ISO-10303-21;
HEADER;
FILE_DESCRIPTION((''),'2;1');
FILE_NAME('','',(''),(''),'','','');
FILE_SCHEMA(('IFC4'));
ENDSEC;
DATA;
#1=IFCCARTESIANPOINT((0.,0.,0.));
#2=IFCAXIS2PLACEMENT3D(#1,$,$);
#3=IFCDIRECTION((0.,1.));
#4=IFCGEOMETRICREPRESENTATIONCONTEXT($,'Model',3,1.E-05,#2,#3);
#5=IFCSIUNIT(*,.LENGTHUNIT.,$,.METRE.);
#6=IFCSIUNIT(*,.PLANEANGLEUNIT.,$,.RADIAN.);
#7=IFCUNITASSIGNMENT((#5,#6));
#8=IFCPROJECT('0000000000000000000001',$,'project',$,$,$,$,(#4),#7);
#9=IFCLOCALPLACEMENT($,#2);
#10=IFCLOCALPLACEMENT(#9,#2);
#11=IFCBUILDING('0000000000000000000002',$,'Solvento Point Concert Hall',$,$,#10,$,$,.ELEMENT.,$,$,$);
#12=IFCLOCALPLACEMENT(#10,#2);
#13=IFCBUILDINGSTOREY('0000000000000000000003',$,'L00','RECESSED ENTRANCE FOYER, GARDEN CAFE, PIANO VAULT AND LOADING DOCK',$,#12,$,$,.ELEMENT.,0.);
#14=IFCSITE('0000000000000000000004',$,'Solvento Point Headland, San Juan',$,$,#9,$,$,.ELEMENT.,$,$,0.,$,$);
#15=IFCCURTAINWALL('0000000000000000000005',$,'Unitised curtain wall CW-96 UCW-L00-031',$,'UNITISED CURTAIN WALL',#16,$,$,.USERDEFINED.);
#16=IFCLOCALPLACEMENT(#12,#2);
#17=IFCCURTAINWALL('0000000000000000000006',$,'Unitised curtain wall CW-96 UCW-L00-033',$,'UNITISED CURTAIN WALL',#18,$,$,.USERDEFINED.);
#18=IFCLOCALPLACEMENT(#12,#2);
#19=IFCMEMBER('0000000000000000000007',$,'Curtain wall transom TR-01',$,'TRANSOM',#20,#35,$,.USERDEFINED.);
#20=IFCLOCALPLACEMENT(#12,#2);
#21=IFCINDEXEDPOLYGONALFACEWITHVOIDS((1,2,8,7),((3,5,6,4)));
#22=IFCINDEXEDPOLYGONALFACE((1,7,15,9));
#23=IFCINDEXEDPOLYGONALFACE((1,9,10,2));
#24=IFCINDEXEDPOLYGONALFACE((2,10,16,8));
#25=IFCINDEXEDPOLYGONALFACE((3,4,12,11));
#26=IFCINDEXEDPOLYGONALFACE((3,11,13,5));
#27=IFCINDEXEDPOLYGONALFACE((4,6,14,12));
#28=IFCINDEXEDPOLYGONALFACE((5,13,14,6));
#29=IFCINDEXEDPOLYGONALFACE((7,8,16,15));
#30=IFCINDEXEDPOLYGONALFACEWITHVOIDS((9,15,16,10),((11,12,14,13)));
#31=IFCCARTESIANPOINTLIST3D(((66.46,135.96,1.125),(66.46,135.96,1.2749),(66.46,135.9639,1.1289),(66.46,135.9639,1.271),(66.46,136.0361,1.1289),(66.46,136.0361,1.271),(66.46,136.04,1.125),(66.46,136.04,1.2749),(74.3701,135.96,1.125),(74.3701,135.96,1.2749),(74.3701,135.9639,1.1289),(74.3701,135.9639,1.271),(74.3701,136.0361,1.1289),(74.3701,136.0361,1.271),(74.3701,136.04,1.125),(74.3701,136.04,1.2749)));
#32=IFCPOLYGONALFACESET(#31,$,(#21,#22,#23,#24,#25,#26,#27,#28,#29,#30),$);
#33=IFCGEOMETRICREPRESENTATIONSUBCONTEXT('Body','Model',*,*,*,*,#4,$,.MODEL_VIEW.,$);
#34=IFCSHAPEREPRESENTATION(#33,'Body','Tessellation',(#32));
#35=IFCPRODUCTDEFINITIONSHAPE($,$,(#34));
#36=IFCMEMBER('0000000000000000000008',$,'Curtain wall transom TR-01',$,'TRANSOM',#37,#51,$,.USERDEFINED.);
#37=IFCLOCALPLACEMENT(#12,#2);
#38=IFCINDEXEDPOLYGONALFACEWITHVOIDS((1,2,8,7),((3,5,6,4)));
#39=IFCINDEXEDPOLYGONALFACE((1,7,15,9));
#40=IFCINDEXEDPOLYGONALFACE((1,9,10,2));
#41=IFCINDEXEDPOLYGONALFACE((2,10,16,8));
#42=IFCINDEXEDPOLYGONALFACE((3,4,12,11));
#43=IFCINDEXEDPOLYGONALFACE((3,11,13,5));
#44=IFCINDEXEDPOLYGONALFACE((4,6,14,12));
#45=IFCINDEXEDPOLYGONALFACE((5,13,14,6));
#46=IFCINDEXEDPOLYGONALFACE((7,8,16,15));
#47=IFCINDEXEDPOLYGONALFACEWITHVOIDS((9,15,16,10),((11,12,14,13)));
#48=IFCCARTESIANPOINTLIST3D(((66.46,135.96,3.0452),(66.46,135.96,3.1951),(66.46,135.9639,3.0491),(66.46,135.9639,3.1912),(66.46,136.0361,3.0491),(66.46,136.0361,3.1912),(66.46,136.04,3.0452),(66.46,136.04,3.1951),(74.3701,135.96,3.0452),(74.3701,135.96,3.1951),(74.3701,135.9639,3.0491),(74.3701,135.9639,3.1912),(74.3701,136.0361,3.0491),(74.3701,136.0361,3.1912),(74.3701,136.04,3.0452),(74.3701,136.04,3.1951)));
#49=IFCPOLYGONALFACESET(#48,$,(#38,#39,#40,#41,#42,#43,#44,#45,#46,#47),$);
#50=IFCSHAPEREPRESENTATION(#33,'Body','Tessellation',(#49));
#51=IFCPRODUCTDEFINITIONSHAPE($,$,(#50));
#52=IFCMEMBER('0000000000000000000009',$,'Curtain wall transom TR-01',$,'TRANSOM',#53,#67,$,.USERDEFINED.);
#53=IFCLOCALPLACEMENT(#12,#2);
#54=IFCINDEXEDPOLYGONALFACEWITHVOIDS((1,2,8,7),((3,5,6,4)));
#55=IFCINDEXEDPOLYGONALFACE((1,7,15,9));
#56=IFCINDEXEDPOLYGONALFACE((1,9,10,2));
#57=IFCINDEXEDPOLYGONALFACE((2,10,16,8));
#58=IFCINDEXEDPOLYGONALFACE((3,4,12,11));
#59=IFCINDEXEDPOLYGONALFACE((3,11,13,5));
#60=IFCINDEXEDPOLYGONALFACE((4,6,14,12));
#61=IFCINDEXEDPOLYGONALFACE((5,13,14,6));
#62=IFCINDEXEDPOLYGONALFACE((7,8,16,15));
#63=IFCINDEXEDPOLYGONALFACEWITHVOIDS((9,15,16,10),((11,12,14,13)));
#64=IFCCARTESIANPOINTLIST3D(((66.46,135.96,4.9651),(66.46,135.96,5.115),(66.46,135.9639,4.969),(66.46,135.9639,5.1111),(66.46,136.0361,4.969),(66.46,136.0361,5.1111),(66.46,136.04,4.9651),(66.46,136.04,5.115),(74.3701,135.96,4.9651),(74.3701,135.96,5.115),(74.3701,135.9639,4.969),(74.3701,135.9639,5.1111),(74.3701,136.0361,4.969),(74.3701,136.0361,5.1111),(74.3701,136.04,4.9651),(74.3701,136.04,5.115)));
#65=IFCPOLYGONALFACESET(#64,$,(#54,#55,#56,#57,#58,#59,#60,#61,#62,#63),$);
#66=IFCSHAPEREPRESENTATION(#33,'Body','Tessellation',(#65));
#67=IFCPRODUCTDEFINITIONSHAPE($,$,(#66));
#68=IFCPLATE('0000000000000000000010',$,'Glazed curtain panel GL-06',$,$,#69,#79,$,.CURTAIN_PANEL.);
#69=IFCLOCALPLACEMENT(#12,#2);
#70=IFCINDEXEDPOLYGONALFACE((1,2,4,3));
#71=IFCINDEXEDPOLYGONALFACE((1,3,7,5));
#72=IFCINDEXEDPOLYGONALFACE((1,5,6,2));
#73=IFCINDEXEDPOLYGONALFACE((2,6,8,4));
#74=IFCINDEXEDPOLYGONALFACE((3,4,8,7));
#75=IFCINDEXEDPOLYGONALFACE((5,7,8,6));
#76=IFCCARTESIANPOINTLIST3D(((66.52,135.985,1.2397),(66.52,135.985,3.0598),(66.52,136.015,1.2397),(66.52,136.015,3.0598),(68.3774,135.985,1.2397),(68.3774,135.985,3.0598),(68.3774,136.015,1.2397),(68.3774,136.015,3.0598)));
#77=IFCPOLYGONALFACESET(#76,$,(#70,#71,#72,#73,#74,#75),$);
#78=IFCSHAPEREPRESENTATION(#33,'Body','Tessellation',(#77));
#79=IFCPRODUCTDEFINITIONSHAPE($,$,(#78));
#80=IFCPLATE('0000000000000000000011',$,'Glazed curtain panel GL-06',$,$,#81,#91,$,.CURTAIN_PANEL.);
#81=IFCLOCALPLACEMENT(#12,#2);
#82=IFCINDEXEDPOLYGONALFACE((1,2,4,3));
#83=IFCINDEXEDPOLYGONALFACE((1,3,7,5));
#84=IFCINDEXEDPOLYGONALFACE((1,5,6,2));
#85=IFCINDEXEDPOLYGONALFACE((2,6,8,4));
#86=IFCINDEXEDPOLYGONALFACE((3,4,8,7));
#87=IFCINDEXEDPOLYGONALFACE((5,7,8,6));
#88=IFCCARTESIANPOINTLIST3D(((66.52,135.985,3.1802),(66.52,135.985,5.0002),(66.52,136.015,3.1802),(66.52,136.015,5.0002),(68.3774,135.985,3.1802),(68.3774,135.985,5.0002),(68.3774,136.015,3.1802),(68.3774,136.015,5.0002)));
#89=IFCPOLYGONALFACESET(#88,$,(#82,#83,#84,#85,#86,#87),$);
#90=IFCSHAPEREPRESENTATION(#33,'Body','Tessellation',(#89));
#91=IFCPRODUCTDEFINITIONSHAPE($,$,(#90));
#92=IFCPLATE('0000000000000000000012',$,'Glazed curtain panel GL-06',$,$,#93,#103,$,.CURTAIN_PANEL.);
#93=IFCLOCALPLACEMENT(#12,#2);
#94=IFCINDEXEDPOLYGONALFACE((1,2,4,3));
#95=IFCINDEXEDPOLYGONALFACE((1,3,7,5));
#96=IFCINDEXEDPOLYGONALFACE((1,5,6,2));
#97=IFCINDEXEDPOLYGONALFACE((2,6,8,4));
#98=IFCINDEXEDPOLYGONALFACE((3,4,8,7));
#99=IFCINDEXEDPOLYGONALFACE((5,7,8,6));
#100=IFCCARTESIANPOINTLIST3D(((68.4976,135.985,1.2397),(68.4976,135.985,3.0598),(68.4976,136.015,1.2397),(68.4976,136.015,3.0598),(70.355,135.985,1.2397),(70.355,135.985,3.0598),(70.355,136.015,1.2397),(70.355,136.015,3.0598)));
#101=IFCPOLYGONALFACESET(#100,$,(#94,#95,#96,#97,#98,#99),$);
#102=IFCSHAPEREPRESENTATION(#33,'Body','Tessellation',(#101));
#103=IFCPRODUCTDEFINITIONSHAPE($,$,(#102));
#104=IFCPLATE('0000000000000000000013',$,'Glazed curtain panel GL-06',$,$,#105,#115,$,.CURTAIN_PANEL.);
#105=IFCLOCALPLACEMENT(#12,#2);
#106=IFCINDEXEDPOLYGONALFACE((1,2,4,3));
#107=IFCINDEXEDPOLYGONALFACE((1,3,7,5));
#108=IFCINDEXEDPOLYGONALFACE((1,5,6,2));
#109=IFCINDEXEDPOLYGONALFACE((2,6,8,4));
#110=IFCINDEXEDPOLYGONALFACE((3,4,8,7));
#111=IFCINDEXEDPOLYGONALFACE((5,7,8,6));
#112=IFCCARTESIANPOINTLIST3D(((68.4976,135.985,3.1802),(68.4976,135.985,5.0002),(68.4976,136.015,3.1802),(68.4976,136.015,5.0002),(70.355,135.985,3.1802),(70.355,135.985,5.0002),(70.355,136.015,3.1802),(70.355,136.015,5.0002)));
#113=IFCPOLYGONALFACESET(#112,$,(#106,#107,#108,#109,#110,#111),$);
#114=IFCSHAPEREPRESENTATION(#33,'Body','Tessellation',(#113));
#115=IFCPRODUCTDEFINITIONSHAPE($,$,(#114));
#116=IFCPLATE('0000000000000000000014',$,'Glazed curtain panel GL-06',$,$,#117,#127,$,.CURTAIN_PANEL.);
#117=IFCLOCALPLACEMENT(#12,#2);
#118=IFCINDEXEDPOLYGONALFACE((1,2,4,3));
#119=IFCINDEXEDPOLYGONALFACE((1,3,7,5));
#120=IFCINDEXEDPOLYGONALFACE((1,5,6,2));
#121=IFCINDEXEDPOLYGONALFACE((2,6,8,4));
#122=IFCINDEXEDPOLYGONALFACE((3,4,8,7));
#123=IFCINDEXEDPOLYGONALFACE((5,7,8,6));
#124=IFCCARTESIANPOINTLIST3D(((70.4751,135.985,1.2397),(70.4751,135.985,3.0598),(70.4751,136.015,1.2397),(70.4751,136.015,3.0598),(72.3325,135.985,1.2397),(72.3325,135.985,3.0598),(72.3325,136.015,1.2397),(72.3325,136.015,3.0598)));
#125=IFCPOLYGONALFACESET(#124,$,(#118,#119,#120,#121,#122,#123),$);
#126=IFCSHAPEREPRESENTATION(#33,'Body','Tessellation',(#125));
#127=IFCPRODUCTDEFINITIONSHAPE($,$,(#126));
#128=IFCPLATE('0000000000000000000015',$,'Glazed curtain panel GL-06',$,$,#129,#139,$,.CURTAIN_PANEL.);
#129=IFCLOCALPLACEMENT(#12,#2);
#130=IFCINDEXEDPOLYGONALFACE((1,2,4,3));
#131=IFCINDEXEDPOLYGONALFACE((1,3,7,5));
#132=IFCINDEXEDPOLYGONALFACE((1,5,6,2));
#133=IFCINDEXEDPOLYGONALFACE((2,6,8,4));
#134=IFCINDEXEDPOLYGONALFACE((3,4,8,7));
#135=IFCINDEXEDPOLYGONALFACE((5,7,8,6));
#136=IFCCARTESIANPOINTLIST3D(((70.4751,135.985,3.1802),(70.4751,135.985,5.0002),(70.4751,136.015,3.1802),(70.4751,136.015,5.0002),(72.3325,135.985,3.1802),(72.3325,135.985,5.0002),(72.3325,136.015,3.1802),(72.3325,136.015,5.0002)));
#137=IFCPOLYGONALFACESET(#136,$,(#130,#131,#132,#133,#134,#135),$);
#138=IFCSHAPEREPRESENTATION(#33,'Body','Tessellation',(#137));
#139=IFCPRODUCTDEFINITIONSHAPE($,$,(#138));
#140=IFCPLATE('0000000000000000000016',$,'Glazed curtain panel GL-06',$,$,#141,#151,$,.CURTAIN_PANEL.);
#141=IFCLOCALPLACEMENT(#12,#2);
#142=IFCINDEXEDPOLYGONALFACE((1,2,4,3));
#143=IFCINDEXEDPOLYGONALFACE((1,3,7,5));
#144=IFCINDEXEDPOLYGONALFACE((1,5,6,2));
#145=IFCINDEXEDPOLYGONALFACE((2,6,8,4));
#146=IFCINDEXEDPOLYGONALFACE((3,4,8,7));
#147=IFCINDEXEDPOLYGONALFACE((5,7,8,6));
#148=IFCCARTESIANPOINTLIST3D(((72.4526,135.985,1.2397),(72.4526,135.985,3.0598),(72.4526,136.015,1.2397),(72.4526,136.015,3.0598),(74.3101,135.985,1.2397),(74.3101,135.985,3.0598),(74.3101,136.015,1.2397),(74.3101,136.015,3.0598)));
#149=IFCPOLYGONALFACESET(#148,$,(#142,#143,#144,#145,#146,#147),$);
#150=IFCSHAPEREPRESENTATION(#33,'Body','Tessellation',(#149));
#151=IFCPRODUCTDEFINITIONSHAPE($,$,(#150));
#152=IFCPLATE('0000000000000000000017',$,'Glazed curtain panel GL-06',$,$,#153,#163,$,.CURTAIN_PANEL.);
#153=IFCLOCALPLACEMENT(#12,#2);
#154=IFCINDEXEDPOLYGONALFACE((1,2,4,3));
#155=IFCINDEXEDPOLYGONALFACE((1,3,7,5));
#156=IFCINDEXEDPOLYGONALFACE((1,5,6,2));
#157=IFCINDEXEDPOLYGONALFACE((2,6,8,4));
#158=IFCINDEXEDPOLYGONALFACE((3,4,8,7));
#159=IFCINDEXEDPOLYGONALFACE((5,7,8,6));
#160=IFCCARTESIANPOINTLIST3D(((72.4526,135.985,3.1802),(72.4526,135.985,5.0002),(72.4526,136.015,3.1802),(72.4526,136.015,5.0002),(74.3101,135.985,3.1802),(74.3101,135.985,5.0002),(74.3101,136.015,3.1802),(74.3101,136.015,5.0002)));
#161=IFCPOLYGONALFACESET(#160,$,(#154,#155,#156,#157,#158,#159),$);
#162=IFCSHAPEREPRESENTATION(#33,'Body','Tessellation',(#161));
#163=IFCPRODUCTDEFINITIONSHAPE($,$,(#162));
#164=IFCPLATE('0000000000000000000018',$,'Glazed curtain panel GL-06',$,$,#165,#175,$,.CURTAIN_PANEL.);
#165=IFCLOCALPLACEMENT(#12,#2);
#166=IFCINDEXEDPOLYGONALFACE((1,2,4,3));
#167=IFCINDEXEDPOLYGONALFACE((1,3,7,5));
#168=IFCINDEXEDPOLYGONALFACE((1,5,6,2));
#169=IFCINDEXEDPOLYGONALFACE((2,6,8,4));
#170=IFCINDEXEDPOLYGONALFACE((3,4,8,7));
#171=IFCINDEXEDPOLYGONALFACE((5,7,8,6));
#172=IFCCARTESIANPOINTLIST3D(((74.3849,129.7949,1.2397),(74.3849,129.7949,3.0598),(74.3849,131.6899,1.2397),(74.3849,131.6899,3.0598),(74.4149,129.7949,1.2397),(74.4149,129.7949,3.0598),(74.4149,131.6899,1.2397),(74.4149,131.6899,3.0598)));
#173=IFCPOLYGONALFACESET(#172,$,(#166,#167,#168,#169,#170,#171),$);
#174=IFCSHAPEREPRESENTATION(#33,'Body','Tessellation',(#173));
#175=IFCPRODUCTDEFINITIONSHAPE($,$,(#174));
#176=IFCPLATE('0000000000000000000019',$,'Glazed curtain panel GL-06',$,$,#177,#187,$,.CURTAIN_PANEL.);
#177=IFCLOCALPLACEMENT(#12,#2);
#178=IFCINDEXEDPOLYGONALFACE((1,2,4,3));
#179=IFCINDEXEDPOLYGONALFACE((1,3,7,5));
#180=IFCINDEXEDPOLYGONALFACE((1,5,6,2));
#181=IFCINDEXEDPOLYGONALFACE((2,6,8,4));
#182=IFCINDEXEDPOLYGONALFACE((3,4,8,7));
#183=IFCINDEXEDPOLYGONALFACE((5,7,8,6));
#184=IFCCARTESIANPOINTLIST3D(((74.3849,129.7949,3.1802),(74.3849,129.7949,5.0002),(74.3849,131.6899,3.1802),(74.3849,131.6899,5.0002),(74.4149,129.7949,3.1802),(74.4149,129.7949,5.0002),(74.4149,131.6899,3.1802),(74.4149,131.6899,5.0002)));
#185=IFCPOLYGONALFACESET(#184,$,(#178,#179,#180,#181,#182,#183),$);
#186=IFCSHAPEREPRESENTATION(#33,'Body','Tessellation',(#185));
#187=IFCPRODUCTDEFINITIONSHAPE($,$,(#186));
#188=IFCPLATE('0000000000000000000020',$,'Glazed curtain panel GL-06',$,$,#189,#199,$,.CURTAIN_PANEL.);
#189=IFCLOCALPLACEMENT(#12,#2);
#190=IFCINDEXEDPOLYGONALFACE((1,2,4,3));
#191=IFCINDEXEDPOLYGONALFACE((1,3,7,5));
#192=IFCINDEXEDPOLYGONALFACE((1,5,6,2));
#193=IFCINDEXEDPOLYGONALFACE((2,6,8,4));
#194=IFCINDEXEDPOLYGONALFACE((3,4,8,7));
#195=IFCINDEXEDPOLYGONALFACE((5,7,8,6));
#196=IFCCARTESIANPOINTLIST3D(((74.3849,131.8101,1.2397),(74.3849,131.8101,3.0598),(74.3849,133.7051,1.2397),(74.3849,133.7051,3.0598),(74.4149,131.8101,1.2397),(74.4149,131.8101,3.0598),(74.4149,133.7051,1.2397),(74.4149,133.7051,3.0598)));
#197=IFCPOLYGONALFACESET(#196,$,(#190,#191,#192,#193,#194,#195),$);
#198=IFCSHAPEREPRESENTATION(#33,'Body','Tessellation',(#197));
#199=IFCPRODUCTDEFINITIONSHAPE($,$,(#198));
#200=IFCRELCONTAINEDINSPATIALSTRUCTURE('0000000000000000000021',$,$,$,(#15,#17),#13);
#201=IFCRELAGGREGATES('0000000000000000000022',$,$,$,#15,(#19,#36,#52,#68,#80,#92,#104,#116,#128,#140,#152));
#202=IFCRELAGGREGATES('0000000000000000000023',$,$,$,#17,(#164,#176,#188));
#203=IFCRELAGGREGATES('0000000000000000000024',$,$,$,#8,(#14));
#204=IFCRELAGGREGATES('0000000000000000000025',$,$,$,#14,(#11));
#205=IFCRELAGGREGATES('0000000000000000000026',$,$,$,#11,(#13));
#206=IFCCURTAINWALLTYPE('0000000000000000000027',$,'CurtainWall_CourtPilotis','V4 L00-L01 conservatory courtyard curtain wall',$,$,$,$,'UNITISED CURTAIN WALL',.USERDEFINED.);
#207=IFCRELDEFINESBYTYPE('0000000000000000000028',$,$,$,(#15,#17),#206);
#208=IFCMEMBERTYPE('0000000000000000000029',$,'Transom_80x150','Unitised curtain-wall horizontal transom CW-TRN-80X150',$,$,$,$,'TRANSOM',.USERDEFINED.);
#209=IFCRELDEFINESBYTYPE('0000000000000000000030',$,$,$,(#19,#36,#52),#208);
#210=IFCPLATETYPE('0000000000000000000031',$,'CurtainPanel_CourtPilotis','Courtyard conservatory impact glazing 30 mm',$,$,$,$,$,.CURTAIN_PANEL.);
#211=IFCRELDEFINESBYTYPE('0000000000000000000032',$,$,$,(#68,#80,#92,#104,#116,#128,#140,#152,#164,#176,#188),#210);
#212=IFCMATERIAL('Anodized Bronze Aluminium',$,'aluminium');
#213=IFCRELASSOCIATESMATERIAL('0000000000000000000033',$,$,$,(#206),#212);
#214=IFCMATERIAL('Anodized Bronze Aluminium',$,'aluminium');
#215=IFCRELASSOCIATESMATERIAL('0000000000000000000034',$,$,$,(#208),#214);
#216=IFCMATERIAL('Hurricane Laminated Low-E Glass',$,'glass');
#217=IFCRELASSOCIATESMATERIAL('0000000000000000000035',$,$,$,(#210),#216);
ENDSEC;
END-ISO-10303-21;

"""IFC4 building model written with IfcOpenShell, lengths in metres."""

from ifc_helpers import new_model, si_unit, direction, frame, origin, origin_2d, place, context, subcontext, project, spatial, rectangle, hollow_rectangle, extrude, material, material_profile, profile_set, type_object, element, aggregate, save


model = new_model("IFC4")

# Units and contexts
model_context = context("Model", 3, precision=1e-05, world=origin(), true_north=direction((0.0, 1.0)))
body_context = subcontext(model_context, "Body", "Model", "MODEL_VIEW")
ifc_project = project(units=[si_unit("LENGTHUNIT", "METRE"), si_unit("PLANEANGLEUNIT", "RADIAN")], contexts=[model_context])

# Site, building, storey
site_placement = place(None, origin())
site = spatial("IfcSite", under=ifc_project, at=site_placement, Name="Solvento Point Headland, San Juan", CompositionType="ELEMENT", RefElevation=0.0)
building_placement = place(site_placement, origin())
building = spatial("IfcBuilding", under=site, at=building_placement, Name="Solvento Point Concert Hall", CompositionType="ELEMENT")
storey_placement = place(building_placement, origin())
storey = spatial("IfcBuildingStorey", under=building, at=storey_placement, Name="L00", Description="RECESSED ENTRANCE FOYER, GARDEN CAFE, PIANO VAULT AND LOADING DOCK", CompositionType="ELEMENT", Elevation=0.0)

# Curtain walls
ifc_material_1 = material(Name="Anodized Bronze Aluminium", Category="aluminium")
curtain_wall_type = type_object("IfcCurtainWallType", Name="CurtainWall_CourtPilotis", Description="V4 L00-L01 conservatory courtyard curtain wall", ElementType="UNITISED CURTAIN WALL", PredefinedType="USERDEFINED", material=ifc_material_1)
curtain_wall_1_placement = place(storey_placement, origin())
curtain_wall_1 = element("IfcCurtainWall", 1, at=curtain_wall_1_placement, inside=storey, type_object=curtain_wall_type, Name="Unitised curtain wall CW-96 UCW-L00-031", ObjectType="UNITISED CURTAIN WALL", PredefinedType="USERDEFINED")
curtain_wall_2_placement = place(storey_placement, origin())
curtain_wall_2 = element("IfcCurtainWall", 2, at=curtain_wall_2_placement, inside=storey, type_object=curtain_wall_type, Name="Unitised curtain wall CW-96 UCW-L00-033", ObjectType="UNITISED CURTAIN WALL", PredefinedType="USERDEFINED")

# Members
ifc_material_2 = material(Name="Anodized Bronze Aluminium", Category="aluminium")
ifc_material_profile_1 = material_profile(ifc_material_2, hollow_rectangle(XDim=0.0801, YDim=0.1499, WallThickness=0.0039, at=origin_2d()), Name="CW-TRN-80X150")
ifc_profile_set_1 = profile_set([ifc_material_profile_1], Name="Anodized Bronze Aluminium")
member_type_1 = type_object("IfcMemberType", Name="Transom_80x150", Description="Unitised curtain-wall horizontal transom CW-TRN-80X150", ElementType="TRANSOM", PredefinedType="USERDEFINED", material=ifc_profile_set_1)
member_1_placement = place(storey_placement, frame((66.46, 136.0, 1.2), z_axis=(1.0, 0.0, 0.0), x_axis=(0.0, 1.0, 0.0)))
member_1 = element("IfcMember", 3, at=member_1_placement, type_object=member_type_1, Name="Curtain wall transom TR-01", ObjectType="TRANSOM", PredefinedType="USERDEFINED", context=body_context, shape_type="SweptSolid", body=[
    extrude(hollow_rectangle(XDim=0.0801, YDim=0.1499, WallThickness=0.0039, at=origin_2d()), origin(), (0.0, 0.0, 1.0), 7.9102),
])
member_2_placement = place(storey_placement, frame((66.46, 136.0, 3.1201), z_axis=(1.0, 0.0, 0.0), x_axis=(0.0, 1.0, 0.0)))
member_2 = element("IfcMember", 4, at=member_2_placement, type_object=member_type_1, Name="Curtain wall transom TR-01", ObjectType="TRANSOM", PredefinedType="USERDEFINED", context=body_context, shape_type="SweptSolid", body=[
    extrude(hollow_rectangle(XDim=0.0801, YDim=0.1499, WallThickness=0.0039, at=origin_2d()), origin(), (0.0, 0.0, 1.0), 7.9102),
])
member_3_placement = place(storey_placement, frame((66.46, 136.0, 5.04), z_axis=(1.0, 0.0, 0.0), x_axis=(0.0, 1.0, 0.0)))
member_3 = element("IfcMember", 5, at=member_3_placement, type_object=member_type_1, Name="Curtain wall transom TR-01", ObjectType="TRANSOM", PredefinedType="USERDEFINED", context=body_context, shape_type="SweptSolid", body=[
    extrude(hollow_rectangle(XDim=0.0801, YDim=0.1499, WallThickness=0.0039, at=origin_2d()), origin(), (0.0, 0.0, 1.0), 7.9102),
])

# Plates
ifc_material_3 = material(Name="Hurricane Laminated Low-E Glass", Category="glass")
plate_type = type_object("IfcPlateType", Name="CurtainPanel_CourtPilotis", Description="Courtyard conservatory impact glazing 30 mm", PredefinedType="CURTAIN_PANEL", material=ifc_material_3)
plate_1_placement = place(storey_placement, frame((67.4487, 136.0, 1.2397), z_axis=(0.0, 0.0, 1.0), x_axis=(1.0, 0.0, 0.0)))
plate_1 = element("IfcPlate", 6, at=plate_1_placement, type_object=plate_type, Name="Glazed curtain panel GL-06", PredefinedType="CURTAIN_PANEL", context=body_context, shape_type="SweptSolid", body=[
    extrude(rectangle(XDim=1.8574, YDim=0.03, at=origin_2d()), origin(), (0.0, 0.0, 1.0), 1.8201),
])
plate_2_placement = place(storey_placement, frame((67.4487, 136.0, 3.1802), z_axis=(0.0, 0.0, 1.0), x_axis=(1.0, 0.0, 0.0)))
plate_2 = element("IfcPlate", 7, at=plate_2_placement, type_object=plate_type, Name="Glazed curtain panel GL-06", PredefinedType="CURTAIN_PANEL", context=body_context, shape_type="SweptSolid", body=[
    extrude(rectangle(XDim=1.8574, YDim=0.03, at=origin_2d()), origin(), (0.0, 0.0, 1.0), 1.8201),
])
plate_3_placement = place(storey_placement, frame((69.4263, 136.0, 1.2397), z_axis=(0.0, 0.0, 1.0), x_axis=(1.0, 0.0, 0.0)))
plate_3 = element("IfcPlate", 8, at=plate_3_placement, type_object=plate_type, Name="Glazed curtain panel GL-06", PredefinedType="CURTAIN_PANEL", context=body_context, shape_type="SweptSolid", body=[
    extrude(rectangle(XDim=1.8574, YDim=0.03, at=origin_2d()), origin(), (0.0, 0.0, 1.0), 1.8201),
])
plate_4_placement = place(storey_placement, frame((69.4263, 136.0, 3.1802), z_axis=(0.0, 0.0, 1.0), x_axis=(1.0, 0.0, 0.0)))
plate_4 = element("IfcPlate", 9, at=plate_4_placement, type_object=plate_type, Name="Glazed curtain panel GL-06", PredefinedType="CURTAIN_PANEL", context=body_context, shape_type="SweptSolid", body=[
    extrude(rectangle(XDim=1.8574, YDim=0.03, at=origin_2d()), origin(), (0.0, 0.0, 1.0), 1.8201),
])
plate_5_placement = place(storey_placement, frame((71.4038, 136.0, 1.2397), z_axis=(0.0, 0.0, 1.0), x_axis=(1.0, 0.0, 0.0)))
plate_5 = element("IfcPlate", 10, at=plate_5_placement, type_object=plate_type, Name="Glazed curtain panel GL-06", PredefinedType="CURTAIN_PANEL", context=body_context, shape_type="SweptSolid", body=[
    extrude(rectangle(XDim=1.8574, YDim=0.03, at=origin_2d()), origin(), (0.0, 0.0, 1.0), 1.8201),
])
plate_6_placement = place(storey_placement, frame((71.4038, 136.0, 3.1802), z_axis=(0.0, 0.0, 1.0), x_axis=(1.0, 0.0, 0.0)))
plate_6 = element("IfcPlate", 11, at=plate_6_placement, type_object=plate_type, Name="Glazed curtain panel GL-06", PredefinedType="CURTAIN_PANEL", context=body_context, shape_type="SweptSolid", body=[
    extrude(rectangle(XDim=1.8574, YDim=0.03, at=origin_2d()), origin(), (0.0, 0.0, 1.0), 1.8201),
])
plate_7_placement = place(storey_placement, frame((73.3813, 136.0, 1.2397), z_axis=(0.0, 0.0, 1.0), x_axis=(1.0, 0.0, 0.0)))
plate_7 = element("IfcPlate", 12, at=plate_7_placement, type_object=plate_type, Name="Glazed curtain panel GL-06", PredefinedType="CURTAIN_PANEL", context=body_context, shape_type="SweptSolid", body=[
    extrude(rectangle(XDim=1.8574, YDim=0.03, at=origin_2d()), origin(), (0.0, 0.0, 1.0), 1.8201),
])
plate_8_placement = place(storey_placement, frame((73.3813, 136.0, 3.1802), z_axis=(0.0, 0.0, 1.0), x_axis=(1.0, 0.0, 0.0)))
plate_8 = element("IfcPlate", 13, at=plate_8_placement, type_object=plate_type, Name="Glazed curtain panel GL-06", PredefinedType="CURTAIN_PANEL", context=body_context, shape_type="SweptSolid", body=[
    extrude(rectangle(XDim=1.8574, YDim=0.03, at=origin_2d()), origin(), (0.0, 0.0, 1.0), 1.8201),
])
aggregate(curtain_wall_1, [member_1, member_2, member_3, plate_1, plate_2, plate_3, plate_4, plate_5, plate_6, plate_7, plate_8])
plate_9_placement = place(storey_placement, frame((74.3999, 130.7424, 1.2397), z_axis=(0.0, 0.0, 1.0), x_axis=(0.0, 1.0, 0.0)))
plate_9 = element("IfcPlate", 14, at=plate_9_placement, type_object=plate_type, Name="Glazed curtain panel GL-06", PredefinedType="CURTAIN_PANEL", context=body_context, shape_type="SweptSolid", body=[
    extrude(rectangle(XDim=1.895, YDim=0.03, at=origin_2d()), origin(), (0.0, 0.0, 1.0), 1.8201),
])
plate_10_placement = place(storey_placement, frame((74.3999, 130.7424, 3.1802), z_axis=(0.0, 0.0, 1.0), x_axis=(0.0, 1.0, 0.0)))
plate_10 = element("IfcPlate", 15, at=plate_10_placement, type_object=plate_type, Name="Glazed curtain panel GL-06", PredefinedType="CURTAIN_PANEL", context=body_context, shape_type="SweptSolid", body=[
    extrude(rectangle(XDim=1.895, YDim=0.03, at=origin_2d()), origin(), (0.0, 0.0, 1.0), 1.8201),
])
plate_11_placement = place(storey_placement, frame((74.3999, 132.7576, 1.2397), z_axis=(0.0, 0.0, 1.0), x_axis=(0.0, 1.0, 0.0)))
plate_11 = element("IfcPlate", 16, at=plate_11_placement, type_object=plate_type, Name="Glazed curtain panel GL-06", PredefinedType="CURTAIN_PANEL", context=body_context, shape_type="SweptSolid", body=[
    extrude(rectangle(XDim=1.895, YDim=0.03, at=origin_2d()), origin(), (0.0, 0.0, 1.0), 1.8201),
])
aggregate(curtain_wall_2, [plate_9, plate_10, plate_11])

save(model, "model.ifc")
